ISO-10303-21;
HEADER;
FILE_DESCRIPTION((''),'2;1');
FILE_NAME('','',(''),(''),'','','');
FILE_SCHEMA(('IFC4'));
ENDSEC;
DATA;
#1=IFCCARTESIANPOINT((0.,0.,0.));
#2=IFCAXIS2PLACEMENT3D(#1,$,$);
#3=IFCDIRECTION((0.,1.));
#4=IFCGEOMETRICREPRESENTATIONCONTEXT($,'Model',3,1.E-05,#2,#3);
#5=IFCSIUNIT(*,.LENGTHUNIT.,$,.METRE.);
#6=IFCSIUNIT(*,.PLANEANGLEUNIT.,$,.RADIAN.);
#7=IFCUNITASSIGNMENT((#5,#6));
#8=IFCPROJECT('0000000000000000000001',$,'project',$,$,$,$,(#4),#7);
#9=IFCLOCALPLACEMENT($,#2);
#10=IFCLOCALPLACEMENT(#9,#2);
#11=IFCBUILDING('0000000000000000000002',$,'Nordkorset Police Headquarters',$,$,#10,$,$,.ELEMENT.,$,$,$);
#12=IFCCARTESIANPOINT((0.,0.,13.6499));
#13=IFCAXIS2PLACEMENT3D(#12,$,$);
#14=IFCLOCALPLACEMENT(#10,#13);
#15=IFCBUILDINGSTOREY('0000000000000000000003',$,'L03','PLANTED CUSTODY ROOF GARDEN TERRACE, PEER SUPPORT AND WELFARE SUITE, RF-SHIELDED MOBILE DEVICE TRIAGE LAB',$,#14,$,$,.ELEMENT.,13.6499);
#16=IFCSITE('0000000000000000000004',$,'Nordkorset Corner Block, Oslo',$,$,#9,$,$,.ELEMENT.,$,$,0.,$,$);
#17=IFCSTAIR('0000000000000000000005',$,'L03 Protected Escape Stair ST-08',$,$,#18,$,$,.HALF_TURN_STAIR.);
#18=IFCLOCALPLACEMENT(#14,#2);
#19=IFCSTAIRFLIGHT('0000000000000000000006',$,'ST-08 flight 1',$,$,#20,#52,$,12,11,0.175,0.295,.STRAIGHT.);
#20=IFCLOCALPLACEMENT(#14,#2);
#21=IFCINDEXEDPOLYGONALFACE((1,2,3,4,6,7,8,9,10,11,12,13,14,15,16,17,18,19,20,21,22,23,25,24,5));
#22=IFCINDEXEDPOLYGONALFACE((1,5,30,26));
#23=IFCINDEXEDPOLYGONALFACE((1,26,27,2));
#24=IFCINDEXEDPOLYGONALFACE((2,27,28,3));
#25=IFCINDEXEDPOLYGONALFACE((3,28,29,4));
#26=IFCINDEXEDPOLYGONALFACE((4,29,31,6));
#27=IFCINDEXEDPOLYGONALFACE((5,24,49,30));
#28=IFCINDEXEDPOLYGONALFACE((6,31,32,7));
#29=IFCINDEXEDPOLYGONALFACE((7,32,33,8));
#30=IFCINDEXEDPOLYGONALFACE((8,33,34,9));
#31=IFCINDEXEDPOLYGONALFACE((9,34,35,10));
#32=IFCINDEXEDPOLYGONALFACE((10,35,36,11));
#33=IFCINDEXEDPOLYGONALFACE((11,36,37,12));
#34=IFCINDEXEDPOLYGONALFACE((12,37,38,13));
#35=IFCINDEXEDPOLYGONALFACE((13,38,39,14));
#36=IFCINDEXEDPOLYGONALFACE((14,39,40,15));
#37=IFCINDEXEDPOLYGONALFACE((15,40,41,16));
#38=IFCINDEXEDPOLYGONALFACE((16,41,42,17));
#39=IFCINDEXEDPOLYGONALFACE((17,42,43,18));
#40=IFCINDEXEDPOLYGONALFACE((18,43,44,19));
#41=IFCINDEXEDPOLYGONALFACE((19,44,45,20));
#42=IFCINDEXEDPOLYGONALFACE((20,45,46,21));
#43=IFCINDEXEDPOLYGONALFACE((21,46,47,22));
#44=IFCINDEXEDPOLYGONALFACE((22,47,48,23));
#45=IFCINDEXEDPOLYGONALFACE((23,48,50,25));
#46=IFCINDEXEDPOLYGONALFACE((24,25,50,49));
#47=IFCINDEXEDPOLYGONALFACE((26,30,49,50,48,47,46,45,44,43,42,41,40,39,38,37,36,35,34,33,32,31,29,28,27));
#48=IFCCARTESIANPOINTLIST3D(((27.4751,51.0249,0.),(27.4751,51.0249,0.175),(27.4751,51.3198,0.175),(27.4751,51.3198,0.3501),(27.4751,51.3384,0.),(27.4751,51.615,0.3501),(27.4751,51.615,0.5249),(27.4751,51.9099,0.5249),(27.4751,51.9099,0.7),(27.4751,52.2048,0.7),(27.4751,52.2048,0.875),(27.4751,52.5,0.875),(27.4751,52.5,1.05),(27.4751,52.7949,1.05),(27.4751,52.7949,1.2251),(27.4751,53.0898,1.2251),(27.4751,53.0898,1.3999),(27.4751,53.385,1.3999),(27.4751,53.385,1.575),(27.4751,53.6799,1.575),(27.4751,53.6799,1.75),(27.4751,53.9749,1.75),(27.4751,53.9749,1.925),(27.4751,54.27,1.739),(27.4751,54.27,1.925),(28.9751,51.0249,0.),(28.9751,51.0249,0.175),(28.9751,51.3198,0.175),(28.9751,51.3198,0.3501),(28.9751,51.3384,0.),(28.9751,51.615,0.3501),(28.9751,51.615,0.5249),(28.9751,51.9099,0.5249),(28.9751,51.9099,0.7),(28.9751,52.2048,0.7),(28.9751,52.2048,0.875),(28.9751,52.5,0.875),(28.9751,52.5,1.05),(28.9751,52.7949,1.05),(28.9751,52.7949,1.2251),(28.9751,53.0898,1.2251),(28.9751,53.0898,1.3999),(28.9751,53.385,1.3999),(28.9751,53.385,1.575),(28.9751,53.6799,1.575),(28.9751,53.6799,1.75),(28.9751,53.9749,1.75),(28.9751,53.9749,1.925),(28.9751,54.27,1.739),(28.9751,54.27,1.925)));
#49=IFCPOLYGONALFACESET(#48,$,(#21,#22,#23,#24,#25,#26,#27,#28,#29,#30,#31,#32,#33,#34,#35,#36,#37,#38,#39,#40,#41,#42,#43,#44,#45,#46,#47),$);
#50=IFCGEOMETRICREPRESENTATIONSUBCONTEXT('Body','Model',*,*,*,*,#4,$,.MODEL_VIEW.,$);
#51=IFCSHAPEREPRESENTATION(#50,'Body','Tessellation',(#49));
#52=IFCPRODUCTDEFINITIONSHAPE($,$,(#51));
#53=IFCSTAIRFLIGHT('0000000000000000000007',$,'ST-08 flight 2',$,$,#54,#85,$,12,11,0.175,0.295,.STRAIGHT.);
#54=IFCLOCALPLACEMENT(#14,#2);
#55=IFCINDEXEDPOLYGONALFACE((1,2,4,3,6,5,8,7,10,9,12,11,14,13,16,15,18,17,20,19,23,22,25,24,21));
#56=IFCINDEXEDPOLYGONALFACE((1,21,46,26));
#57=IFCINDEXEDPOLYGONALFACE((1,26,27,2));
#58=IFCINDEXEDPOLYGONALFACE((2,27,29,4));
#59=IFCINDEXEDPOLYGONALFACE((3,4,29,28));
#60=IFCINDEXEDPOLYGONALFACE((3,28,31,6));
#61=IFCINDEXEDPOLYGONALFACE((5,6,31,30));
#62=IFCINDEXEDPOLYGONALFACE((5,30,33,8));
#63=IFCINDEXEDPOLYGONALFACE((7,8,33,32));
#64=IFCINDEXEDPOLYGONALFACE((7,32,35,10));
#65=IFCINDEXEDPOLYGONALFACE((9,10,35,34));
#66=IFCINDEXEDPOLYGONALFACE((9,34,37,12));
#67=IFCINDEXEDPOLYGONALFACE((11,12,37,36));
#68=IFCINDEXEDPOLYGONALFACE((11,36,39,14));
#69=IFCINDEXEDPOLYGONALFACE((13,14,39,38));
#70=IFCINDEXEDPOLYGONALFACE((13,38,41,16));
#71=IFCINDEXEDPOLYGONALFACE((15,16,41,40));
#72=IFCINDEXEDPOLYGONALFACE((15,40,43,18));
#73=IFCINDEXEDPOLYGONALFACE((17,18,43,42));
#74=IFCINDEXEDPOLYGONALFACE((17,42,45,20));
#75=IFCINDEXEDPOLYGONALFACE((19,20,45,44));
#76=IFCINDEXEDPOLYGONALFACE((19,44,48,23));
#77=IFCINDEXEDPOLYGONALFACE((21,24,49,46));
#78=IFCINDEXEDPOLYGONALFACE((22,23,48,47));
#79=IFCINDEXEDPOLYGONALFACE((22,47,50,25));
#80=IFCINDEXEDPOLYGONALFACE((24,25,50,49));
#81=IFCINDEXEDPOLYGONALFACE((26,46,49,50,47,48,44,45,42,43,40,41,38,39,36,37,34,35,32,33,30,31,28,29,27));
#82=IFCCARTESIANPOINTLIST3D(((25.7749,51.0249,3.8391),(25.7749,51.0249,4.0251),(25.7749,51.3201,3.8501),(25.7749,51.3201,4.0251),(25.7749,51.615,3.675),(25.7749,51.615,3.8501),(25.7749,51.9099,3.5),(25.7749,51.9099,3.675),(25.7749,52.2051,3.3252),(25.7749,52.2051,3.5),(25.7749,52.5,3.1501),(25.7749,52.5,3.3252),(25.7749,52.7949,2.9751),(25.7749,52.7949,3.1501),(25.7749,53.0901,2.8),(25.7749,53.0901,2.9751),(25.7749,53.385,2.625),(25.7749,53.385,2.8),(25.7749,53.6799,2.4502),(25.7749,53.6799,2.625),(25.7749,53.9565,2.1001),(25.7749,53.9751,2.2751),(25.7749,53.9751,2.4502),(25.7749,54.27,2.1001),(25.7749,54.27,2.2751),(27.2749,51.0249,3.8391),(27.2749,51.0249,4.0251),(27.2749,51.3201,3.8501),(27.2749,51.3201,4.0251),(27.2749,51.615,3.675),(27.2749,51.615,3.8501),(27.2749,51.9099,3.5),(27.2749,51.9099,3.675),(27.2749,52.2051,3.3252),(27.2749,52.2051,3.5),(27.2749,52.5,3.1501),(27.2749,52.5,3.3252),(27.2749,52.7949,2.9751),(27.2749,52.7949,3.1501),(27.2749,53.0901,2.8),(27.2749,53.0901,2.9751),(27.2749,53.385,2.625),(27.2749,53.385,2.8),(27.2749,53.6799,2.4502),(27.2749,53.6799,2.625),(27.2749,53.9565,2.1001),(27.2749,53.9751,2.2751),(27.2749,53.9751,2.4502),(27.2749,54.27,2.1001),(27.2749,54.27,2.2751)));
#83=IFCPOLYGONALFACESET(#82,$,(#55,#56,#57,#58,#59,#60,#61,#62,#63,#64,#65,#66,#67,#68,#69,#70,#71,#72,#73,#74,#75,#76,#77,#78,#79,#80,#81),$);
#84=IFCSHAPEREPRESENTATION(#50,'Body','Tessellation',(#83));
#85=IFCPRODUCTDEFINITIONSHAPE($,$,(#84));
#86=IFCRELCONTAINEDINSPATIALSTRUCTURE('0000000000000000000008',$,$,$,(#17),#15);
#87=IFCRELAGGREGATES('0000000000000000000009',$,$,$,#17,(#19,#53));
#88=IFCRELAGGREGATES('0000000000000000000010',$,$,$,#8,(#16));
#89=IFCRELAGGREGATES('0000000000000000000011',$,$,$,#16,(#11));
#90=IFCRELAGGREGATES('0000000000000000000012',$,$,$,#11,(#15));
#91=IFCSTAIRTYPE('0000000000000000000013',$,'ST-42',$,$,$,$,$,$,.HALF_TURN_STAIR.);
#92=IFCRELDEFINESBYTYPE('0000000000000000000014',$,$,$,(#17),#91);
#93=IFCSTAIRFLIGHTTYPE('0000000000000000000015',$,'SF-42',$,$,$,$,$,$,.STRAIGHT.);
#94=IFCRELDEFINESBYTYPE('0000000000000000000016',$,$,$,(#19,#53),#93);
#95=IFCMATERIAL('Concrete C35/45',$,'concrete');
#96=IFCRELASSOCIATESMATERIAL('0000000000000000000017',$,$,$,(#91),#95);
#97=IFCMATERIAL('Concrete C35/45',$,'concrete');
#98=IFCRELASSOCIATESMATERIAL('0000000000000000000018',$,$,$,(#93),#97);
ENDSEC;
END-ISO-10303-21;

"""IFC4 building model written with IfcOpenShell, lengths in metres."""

from ifc_helpers import new_model, si_unit, direction, frame, origin, place, context, subcontext, project, spatial, polyline, outline, extrude, material, type_object, element, aggregate, save


model = new_model("IFC4")

# Units and contexts
model_context = context("Model", 3, precision=1e-05, world=origin(), true_north=direction((0.0, 1.0)))
body_context = subcontext(model_context, "Body", "Model", "MODEL_VIEW")
ifc_project = project(units=[si_unit("LENGTHUNIT", "METRE"), si_unit("PLANEANGLEUNIT", "RADIAN")], contexts=[model_context])

# Site, building, storey
site_placement = place(None, origin())
site = spatial("IfcSite", under=ifc_project, at=site_placement, Name="Nordkorset Corner Block, Oslo", CompositionType="ELEMENT", RefElevation=0.0)
building_placement = place(site_placement, origin())
building = spatial("IfcBuilding", under=site, at=building_placement, Name="Nordkorset Police Headquarters", CompositionType="ELEMENT")
storey_placement = place(building_placement, frame((0.0, 0.0, 13.6499)))
storey = spatial("IfcBuildingStorey", under=building, at=storey_placement, Name="L03", Description="PLANTED CUSTODY ROOF GARDEN TERRACE, PEER SUPPORT AND WELFARE SUITE, RF-SHIELDED MOBILE DEVICE TRIAGE LAB", CompositionType="ELEMENT", Elevation=13.6499)

# Stair, stair flights
ifc_material_1 = material(Name="Concrete C35/45", Category="concrete")
stair_type = type_object("IfcStairType", Name="ST-42", PredefinedType="HALF_TURN_STAIR", material=ifc_material_1)
stair_placement = place(storey_placement, origin())
stair = element("IfcStair", 1, at=stair_placement, inside=storey, type_object=stair_type, Name="L03 Protected Escape Stair ST-08", PredefinedType="HALF_TURN_STAIR")
ifc_material_2 = material(Name="Concrete C35/45", Category="concrete")
stair_flight_type = type_object("IfcStairFlightType", Name="SF-42", PredefinedType="STRAIGHT", material=ifc_material_2)
stair_flight_1_placement = place(storey_placement, frame((28.2251, 51.0249, 0.0), z_axis=(0.0, 0.0, 1.0), x_axis=(0.0, 1.0, 0.0)))
stair_flight_1 = element("IfcStairFlight", 2, at=stair_flight_1_placement, type_object=stair_flight_type, Name="ST-08 flight 1", NumberOfRisers=12, NumberOfTreads=11, PredefinedType="STRAIGHT", RiserHeight=0.175, TreadLength=0.295, context=body_context, shape_type="SweptSolid", body=[
    extrude(outline(polyline([(0.0, 0.0), (0.0, 0.175), (0.2949, 0.175), (0.2949, 0.3501), (0.5901, 0.3501), (0.5901, 0.5249), (0.885, 0.5249), (0.885, 0.7), (1.1799, 0.7), (1.1799, 0.875), (1.4751, 0.875), (1.4751, 1.05), (1.77, 1.05), (1.77, 1.2251), (2.0649, 1.2251), (2.0649, 1.3999), (2.3601, 1.3999), (2.3601, 1.575), (2.655, 1.575), (2.655, 1.75), (2.95, 1.75), (2.95, 1.925), (3.2451, 1.925), (3.2451, 2.1001), (3.2451, 1.739), (0.3135, 0.0), (0.0, 0.0)])), frame((0.0, 0.75, 0.0), z_axis=(0.0, -1.0, 0.0), x_axis=(1.0, 0.0, 0.0)), (0.0, 0.0, 1.0), 1.5),
])
stair_flight_2_placement = place(storey_placement, frame((26.5249, 54.27, 2.1001), z_axis=(0.0, 0.0, 1.0), x_axis=(0.0, -1.0, 0.0)))
stair_flight_2 = element("IfcStairFlight", 3, at=stair_flight_2_placement, type_object=stair_flight_type, Name="ST-08 flight 2", NumberOfRisers=12, NumberOfTreads=11, PredefinedType="STRAIGHT", RiserHeight=0.175, TreadLength=0.295, context=body_context, shape_type="SweptSolid", body=[
    extrude(outline(polyline([(0.0, 0.0), (0.0, 0.175), (0.2949, 0.175), (0.2949, 0.3501), (0.5901, 0.3501), (0.5901, 0.5249), (0.885, 0.5249), (0.885, 0.7), (1.1799, 0.7), (1.1799, 0.875), (1.4751, 0.875), (1.4751, 1.05), (1.77, 1.05), (1.77, 1.2251), (2.0649, 1.2251), (2.0649, 1.3999), (2.3601, 1.3999), (2.3601, 1.575), (2.655, 1.575), (2.655, 1.75), (2.95, 1.75), (2.95, 1.925), (3.2451, 1.925), (3.2451, 2.1001), (3.2451, 1.739), (0.3135, 0.0), (0.0, 0.0)])), frame((0.0, 0.75, 0.0), z_axis=(0.0, -1.0, 0.0), x_axis=(1.0, 0.0, 0.0)), (0.0, 0.0, 1.0), 1.5),
])
aggregate(stair, [stair_flight_1, stair_flight_2])

save(model, "model.ifc")
